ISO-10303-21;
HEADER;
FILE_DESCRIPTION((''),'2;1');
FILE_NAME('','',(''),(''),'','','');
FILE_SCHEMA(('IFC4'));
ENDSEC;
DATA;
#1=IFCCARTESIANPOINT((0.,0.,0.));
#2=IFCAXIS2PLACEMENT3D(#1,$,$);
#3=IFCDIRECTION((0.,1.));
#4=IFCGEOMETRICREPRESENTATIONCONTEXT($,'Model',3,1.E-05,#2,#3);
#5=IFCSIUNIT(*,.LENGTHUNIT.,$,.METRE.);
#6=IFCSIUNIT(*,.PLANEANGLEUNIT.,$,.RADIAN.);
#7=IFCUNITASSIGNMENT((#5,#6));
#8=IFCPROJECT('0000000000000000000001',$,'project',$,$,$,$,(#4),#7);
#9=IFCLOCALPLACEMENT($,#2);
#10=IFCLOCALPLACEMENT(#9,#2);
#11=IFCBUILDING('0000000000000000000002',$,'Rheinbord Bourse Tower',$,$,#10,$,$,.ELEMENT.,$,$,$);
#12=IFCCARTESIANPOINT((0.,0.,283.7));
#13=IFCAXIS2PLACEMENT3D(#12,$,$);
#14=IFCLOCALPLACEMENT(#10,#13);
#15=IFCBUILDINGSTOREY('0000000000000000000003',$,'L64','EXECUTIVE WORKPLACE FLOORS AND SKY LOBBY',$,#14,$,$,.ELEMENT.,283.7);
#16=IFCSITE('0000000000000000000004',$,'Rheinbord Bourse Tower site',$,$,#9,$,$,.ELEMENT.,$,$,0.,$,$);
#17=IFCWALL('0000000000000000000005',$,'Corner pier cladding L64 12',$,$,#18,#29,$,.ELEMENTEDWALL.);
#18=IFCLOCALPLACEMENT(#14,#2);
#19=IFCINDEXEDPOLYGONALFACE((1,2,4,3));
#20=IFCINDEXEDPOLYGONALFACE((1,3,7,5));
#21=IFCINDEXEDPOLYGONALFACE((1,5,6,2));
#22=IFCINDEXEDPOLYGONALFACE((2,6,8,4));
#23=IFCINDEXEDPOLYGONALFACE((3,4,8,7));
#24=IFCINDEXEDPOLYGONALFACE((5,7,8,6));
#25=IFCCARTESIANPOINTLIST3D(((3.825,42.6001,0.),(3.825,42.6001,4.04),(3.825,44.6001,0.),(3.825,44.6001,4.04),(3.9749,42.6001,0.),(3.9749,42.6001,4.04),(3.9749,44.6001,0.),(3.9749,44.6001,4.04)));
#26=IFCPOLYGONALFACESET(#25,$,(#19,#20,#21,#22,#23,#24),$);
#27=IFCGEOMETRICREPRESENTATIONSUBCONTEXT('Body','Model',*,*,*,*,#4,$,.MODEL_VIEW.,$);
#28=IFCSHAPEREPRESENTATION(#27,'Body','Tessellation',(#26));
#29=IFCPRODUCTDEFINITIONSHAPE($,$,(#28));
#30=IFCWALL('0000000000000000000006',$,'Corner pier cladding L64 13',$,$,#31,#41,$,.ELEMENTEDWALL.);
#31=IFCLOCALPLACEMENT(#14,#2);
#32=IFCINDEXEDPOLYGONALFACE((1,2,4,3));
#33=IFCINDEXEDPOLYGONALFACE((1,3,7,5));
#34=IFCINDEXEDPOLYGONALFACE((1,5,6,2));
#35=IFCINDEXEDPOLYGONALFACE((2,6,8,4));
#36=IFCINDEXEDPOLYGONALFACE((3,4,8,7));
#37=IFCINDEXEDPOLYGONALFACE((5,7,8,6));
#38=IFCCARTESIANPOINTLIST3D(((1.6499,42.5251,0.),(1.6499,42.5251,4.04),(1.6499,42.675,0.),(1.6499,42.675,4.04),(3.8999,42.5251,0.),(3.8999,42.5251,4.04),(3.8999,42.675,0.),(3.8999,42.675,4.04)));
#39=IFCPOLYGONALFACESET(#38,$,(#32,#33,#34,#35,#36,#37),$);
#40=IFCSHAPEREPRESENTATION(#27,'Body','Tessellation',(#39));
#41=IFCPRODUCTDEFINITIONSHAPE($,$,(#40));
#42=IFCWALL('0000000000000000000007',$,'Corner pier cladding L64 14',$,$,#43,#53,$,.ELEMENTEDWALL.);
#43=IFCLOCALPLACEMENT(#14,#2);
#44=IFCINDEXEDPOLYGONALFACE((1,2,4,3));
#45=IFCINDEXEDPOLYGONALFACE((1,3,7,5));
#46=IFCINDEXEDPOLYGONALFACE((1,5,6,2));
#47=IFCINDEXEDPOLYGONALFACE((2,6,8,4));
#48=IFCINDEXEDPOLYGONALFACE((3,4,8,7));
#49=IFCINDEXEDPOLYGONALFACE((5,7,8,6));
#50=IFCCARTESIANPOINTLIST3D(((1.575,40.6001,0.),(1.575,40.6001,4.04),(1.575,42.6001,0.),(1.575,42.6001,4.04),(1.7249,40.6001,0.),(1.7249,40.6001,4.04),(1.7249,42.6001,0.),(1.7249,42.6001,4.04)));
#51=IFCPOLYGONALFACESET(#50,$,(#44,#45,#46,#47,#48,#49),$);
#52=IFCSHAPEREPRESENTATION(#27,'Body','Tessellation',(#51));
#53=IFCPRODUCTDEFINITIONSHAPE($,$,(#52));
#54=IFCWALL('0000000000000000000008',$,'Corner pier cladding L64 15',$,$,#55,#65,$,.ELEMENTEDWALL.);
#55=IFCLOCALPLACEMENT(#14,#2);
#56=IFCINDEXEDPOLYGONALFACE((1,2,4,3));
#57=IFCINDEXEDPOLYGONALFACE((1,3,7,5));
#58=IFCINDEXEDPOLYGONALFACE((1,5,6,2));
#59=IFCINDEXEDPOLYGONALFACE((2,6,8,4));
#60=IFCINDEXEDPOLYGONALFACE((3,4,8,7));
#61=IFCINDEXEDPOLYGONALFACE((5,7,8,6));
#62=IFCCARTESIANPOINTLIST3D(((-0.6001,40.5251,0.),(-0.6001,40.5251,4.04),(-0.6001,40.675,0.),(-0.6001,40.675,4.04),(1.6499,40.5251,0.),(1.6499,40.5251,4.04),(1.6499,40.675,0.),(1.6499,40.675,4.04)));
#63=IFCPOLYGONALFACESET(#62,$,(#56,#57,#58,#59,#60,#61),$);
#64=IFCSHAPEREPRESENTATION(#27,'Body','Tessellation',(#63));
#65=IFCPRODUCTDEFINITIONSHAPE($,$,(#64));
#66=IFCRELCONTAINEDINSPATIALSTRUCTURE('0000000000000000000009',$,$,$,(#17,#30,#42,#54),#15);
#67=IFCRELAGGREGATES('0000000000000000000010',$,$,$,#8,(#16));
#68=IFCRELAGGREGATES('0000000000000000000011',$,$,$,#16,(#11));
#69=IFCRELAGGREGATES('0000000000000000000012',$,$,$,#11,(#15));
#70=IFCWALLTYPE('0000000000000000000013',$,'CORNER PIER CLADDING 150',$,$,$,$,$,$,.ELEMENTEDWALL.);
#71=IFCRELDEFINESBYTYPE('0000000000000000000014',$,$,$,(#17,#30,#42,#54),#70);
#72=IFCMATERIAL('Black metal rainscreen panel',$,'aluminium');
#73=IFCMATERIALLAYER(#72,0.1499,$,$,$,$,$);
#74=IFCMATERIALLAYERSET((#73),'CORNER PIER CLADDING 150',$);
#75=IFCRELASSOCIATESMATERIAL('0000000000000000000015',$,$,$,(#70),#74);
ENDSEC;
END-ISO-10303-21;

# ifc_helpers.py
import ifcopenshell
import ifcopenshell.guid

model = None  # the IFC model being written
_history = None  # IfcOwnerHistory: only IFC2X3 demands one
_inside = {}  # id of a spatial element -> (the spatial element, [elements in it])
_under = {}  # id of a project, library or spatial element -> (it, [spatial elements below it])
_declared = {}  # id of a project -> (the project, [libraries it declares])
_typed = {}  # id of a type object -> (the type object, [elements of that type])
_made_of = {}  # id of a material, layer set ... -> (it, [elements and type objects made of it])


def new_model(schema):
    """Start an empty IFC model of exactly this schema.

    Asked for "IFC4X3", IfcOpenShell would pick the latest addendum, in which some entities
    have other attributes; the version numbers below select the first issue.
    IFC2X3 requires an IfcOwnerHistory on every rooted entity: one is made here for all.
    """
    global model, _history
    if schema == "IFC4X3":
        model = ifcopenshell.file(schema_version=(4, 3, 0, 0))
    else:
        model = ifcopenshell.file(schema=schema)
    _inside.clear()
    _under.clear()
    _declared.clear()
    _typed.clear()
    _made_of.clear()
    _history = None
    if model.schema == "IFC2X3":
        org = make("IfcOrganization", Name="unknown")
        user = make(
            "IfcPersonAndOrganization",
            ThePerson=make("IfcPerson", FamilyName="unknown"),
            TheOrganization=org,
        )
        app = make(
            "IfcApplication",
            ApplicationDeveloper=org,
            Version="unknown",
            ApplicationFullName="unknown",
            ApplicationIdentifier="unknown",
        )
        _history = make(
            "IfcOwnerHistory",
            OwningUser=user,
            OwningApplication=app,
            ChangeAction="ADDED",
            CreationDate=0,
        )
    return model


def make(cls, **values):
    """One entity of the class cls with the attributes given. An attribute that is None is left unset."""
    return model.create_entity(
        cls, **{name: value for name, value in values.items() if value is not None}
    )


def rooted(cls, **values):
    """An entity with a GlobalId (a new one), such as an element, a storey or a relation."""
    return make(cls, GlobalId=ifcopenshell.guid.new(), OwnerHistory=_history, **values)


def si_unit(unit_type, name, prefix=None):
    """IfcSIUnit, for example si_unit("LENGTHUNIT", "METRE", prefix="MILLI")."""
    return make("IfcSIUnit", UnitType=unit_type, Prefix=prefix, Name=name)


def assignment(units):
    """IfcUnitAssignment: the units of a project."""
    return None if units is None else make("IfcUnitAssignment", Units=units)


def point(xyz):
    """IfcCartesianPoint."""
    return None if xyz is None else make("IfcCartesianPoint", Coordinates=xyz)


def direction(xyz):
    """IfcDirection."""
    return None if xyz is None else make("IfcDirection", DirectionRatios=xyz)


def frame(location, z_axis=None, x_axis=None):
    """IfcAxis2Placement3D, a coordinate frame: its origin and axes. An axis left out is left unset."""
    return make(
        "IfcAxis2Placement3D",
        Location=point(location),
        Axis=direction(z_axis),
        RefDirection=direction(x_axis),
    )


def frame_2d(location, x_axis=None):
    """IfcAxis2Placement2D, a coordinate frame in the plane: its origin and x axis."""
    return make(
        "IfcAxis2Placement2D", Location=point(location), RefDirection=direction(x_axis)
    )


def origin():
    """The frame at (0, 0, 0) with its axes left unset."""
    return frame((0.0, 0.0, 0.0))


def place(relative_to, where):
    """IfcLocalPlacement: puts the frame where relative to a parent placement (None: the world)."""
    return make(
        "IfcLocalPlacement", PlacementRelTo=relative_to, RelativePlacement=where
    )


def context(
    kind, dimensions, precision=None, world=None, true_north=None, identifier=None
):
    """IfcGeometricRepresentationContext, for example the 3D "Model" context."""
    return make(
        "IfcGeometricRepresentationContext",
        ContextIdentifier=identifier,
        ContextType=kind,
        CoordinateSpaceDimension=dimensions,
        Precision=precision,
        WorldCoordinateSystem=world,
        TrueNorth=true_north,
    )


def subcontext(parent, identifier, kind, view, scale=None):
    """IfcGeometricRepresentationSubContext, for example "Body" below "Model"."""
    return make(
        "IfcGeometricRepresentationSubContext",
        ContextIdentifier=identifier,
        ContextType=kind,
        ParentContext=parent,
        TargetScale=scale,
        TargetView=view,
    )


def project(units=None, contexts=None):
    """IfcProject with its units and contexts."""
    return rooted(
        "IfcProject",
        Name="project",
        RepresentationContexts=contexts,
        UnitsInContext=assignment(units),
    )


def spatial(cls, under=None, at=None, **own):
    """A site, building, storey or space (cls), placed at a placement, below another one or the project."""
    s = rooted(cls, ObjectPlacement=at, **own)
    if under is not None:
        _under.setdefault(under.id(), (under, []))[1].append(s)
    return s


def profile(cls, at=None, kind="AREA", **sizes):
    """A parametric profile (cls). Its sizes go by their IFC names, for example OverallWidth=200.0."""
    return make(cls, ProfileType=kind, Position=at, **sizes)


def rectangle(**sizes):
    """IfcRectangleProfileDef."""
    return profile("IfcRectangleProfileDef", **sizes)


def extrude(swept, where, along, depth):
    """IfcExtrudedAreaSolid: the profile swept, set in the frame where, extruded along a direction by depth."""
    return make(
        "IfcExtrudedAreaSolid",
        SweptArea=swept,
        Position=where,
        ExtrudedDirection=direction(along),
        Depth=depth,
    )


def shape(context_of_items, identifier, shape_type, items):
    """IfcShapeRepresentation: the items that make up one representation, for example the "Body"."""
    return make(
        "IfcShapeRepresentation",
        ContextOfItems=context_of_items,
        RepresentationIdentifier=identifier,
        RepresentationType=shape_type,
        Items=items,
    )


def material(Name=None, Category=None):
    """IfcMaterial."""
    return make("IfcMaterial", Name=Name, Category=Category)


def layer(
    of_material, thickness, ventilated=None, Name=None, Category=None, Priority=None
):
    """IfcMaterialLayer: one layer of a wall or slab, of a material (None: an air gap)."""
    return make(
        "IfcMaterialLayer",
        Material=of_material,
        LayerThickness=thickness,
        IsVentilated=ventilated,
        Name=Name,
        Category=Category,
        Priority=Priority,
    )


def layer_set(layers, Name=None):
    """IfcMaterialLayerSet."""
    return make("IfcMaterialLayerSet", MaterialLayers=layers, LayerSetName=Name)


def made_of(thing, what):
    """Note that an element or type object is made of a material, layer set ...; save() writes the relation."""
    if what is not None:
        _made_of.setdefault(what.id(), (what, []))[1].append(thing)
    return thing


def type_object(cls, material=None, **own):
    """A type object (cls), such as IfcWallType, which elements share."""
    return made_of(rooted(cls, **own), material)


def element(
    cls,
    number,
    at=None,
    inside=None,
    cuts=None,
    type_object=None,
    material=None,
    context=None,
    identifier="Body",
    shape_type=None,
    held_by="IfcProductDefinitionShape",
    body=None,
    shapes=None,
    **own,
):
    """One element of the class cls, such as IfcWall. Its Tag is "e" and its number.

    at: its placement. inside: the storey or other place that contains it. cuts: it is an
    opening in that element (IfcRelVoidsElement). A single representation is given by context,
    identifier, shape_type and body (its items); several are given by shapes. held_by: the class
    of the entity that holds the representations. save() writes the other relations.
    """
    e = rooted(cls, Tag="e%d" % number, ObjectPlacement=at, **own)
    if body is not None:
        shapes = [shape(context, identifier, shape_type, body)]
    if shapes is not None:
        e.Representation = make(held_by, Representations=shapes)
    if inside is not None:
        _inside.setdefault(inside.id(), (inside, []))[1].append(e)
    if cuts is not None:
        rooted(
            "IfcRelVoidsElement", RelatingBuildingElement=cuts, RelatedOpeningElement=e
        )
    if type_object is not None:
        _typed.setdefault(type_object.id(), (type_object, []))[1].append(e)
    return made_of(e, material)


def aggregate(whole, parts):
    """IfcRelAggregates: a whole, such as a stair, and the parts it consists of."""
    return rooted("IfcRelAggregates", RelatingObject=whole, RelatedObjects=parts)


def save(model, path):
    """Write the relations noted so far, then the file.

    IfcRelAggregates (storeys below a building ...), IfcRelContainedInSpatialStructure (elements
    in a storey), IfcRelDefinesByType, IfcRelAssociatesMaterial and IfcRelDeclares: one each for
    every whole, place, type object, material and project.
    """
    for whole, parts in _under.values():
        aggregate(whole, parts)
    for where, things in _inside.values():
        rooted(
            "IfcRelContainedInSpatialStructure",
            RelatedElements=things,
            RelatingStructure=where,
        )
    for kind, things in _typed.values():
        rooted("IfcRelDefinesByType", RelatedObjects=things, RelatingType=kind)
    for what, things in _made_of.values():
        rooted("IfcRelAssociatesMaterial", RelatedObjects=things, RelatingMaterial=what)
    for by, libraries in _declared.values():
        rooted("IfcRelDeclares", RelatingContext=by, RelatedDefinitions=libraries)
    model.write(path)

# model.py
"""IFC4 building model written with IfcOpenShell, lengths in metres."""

from ifc_helpers import new_model, si_unit, direction, frame, frame_2d, origin, place, context, subcontext, project, spatial, rectangle, extrude, material, layer, layer_set, type_object, element, save


model = new_model("IFC4")

# Units and contexts
model_context = context("Model", 3, precision=1e-05, world=origin(), true_north=direction((0.0, 1.0)))
body_context = subcontext(model_context, "Body", "Model", "MODEL_VIEW")
ifc_project = project(units=[si_unit("LENGTHUNIT", "METRE"), si_unit("PLANEANGLEUNIT", "RADIAN")], contexts=[model_context])

# Site, building, storey
site_placement = place(None, origin())
site = spatial("IfcSite", under=ifc_project, at=site_placement, Name="Rheinbord Bourse Tower site", CompositionType="ELEMENT", RefElevation=0.0)
building_placement = place(site_placement, origin())
building = spatial("IfcBuilding", under=site, at=building_placement, Name="Rheinbord Bourse Tower", CompositionType="ELEMENT")
storey_placement = place(building_placement, frame((0.0, 0.0, 283.7)))
storey = spatial("IfcBuildingStorey", under=building, at=storey_placement, Name="L64", Description="EXECUTIVE WORKPLACE FLOORS AND SKY LOBBY", CompositionType="ELEMENT", Elevation=283.7)

# Walls
ifc_material_1 = material(Name="Black metal rainscreen panel", Category="aluminium")
ifc_layer_1 = layer(ifc_material_1, 0.1499)
ifc_layer_set_1 = layer_set([ifc_layer_1], Name="CORNER PIER CLADDING 150")
wall_type = type_object("IfcWallType", Name="CORNER PIER CLADDING 150", PredefinedType="ELEMENTEDWALL", material=ifc_layer_set_1)
wall_1_placement = place(storey_placement, frame((3.8999, 44.6001, 0.0), z_axis=(0.0, 0.0, 1.0), x_axis=(0.0, -1.0, 0.0)))
element("IfcWall", 1, at=wall_1_placement, inside=storey, type_object=wall_type, Name="Corner pier cladding L64 12", PredefinedType="ELEMENTEDWALL", context=body_context, shape_type="SweptSolid", body=[
    extrude(rectangle(XDim=2.0, YDim=0.1499, at=frame_2d((1.0, 0.0))), origin(), (0.0, 0.0, 1.0), 4.04),
])
wall_2_placement = place(storey_placement, frame((3.8999, 42.6001, 0.0), z_axis=(0.0, 0.0, 1.0), x_axis=(-1.0, 0.0, 0.0)))
element("IfcWall", 2, at=wall_2_placement, inside=storey, type_object=wall_type, Name="Corner pier cladding L64 13", PredefinedType="ELEMENTEDWALL", context=body_context, shape_type="SweptSolid", body=[
    extrude(rectangle(XDim=2.25, YDim=0.1499, at=frame_2d((1.125, 0.0))), origin(), (0.0, 0.0, 1.0), 4.04),
])
wall_3_placement = place(storey_placement, frame((1.6499, 42.6001, 0.0), z_axis=(0.0, 0.0, 1.0), x_axis=(0.0, -1.0, 0.0)))
element("IfcWall", 3, at=wall_3_placement, inside=storey, type_object=wall_type, Name="Corner pier cladding L64 14", PredefinedType="ELEMENTEDWALL", context=body_context, shape_type="SweptSolid", body=[
    extrude(rectangle(XDim=2.0, YDim=0.1499, at=frame_2d((1.0, 0.0))), origin(), (0.0, 0.0, 1.0), 4.04),
])
wall_4_placement = place(storey_placement, frame((1.6499, 40.6001, 0.0), z_axis=(0.0, 0.0, 1.0), x_axis=(-1.0, 0.0, 0.0)))
element("IfcWall", 4, at=wall_4_placement, inside=storey, type_object=wall_type, Name="Corner pier cladding L64 15", PredefinedType="ELEMENTEDWALL", context=body_context, shape_type="SweptSolid", body=[
    extrude(rectangle(XDim=2.25, YDim=0.1499, at=frame_2d((1.125, 0.0))), origin(), (0.0, 0.0, 1.0), 4.04),
])

save(model, "model.ifc")
